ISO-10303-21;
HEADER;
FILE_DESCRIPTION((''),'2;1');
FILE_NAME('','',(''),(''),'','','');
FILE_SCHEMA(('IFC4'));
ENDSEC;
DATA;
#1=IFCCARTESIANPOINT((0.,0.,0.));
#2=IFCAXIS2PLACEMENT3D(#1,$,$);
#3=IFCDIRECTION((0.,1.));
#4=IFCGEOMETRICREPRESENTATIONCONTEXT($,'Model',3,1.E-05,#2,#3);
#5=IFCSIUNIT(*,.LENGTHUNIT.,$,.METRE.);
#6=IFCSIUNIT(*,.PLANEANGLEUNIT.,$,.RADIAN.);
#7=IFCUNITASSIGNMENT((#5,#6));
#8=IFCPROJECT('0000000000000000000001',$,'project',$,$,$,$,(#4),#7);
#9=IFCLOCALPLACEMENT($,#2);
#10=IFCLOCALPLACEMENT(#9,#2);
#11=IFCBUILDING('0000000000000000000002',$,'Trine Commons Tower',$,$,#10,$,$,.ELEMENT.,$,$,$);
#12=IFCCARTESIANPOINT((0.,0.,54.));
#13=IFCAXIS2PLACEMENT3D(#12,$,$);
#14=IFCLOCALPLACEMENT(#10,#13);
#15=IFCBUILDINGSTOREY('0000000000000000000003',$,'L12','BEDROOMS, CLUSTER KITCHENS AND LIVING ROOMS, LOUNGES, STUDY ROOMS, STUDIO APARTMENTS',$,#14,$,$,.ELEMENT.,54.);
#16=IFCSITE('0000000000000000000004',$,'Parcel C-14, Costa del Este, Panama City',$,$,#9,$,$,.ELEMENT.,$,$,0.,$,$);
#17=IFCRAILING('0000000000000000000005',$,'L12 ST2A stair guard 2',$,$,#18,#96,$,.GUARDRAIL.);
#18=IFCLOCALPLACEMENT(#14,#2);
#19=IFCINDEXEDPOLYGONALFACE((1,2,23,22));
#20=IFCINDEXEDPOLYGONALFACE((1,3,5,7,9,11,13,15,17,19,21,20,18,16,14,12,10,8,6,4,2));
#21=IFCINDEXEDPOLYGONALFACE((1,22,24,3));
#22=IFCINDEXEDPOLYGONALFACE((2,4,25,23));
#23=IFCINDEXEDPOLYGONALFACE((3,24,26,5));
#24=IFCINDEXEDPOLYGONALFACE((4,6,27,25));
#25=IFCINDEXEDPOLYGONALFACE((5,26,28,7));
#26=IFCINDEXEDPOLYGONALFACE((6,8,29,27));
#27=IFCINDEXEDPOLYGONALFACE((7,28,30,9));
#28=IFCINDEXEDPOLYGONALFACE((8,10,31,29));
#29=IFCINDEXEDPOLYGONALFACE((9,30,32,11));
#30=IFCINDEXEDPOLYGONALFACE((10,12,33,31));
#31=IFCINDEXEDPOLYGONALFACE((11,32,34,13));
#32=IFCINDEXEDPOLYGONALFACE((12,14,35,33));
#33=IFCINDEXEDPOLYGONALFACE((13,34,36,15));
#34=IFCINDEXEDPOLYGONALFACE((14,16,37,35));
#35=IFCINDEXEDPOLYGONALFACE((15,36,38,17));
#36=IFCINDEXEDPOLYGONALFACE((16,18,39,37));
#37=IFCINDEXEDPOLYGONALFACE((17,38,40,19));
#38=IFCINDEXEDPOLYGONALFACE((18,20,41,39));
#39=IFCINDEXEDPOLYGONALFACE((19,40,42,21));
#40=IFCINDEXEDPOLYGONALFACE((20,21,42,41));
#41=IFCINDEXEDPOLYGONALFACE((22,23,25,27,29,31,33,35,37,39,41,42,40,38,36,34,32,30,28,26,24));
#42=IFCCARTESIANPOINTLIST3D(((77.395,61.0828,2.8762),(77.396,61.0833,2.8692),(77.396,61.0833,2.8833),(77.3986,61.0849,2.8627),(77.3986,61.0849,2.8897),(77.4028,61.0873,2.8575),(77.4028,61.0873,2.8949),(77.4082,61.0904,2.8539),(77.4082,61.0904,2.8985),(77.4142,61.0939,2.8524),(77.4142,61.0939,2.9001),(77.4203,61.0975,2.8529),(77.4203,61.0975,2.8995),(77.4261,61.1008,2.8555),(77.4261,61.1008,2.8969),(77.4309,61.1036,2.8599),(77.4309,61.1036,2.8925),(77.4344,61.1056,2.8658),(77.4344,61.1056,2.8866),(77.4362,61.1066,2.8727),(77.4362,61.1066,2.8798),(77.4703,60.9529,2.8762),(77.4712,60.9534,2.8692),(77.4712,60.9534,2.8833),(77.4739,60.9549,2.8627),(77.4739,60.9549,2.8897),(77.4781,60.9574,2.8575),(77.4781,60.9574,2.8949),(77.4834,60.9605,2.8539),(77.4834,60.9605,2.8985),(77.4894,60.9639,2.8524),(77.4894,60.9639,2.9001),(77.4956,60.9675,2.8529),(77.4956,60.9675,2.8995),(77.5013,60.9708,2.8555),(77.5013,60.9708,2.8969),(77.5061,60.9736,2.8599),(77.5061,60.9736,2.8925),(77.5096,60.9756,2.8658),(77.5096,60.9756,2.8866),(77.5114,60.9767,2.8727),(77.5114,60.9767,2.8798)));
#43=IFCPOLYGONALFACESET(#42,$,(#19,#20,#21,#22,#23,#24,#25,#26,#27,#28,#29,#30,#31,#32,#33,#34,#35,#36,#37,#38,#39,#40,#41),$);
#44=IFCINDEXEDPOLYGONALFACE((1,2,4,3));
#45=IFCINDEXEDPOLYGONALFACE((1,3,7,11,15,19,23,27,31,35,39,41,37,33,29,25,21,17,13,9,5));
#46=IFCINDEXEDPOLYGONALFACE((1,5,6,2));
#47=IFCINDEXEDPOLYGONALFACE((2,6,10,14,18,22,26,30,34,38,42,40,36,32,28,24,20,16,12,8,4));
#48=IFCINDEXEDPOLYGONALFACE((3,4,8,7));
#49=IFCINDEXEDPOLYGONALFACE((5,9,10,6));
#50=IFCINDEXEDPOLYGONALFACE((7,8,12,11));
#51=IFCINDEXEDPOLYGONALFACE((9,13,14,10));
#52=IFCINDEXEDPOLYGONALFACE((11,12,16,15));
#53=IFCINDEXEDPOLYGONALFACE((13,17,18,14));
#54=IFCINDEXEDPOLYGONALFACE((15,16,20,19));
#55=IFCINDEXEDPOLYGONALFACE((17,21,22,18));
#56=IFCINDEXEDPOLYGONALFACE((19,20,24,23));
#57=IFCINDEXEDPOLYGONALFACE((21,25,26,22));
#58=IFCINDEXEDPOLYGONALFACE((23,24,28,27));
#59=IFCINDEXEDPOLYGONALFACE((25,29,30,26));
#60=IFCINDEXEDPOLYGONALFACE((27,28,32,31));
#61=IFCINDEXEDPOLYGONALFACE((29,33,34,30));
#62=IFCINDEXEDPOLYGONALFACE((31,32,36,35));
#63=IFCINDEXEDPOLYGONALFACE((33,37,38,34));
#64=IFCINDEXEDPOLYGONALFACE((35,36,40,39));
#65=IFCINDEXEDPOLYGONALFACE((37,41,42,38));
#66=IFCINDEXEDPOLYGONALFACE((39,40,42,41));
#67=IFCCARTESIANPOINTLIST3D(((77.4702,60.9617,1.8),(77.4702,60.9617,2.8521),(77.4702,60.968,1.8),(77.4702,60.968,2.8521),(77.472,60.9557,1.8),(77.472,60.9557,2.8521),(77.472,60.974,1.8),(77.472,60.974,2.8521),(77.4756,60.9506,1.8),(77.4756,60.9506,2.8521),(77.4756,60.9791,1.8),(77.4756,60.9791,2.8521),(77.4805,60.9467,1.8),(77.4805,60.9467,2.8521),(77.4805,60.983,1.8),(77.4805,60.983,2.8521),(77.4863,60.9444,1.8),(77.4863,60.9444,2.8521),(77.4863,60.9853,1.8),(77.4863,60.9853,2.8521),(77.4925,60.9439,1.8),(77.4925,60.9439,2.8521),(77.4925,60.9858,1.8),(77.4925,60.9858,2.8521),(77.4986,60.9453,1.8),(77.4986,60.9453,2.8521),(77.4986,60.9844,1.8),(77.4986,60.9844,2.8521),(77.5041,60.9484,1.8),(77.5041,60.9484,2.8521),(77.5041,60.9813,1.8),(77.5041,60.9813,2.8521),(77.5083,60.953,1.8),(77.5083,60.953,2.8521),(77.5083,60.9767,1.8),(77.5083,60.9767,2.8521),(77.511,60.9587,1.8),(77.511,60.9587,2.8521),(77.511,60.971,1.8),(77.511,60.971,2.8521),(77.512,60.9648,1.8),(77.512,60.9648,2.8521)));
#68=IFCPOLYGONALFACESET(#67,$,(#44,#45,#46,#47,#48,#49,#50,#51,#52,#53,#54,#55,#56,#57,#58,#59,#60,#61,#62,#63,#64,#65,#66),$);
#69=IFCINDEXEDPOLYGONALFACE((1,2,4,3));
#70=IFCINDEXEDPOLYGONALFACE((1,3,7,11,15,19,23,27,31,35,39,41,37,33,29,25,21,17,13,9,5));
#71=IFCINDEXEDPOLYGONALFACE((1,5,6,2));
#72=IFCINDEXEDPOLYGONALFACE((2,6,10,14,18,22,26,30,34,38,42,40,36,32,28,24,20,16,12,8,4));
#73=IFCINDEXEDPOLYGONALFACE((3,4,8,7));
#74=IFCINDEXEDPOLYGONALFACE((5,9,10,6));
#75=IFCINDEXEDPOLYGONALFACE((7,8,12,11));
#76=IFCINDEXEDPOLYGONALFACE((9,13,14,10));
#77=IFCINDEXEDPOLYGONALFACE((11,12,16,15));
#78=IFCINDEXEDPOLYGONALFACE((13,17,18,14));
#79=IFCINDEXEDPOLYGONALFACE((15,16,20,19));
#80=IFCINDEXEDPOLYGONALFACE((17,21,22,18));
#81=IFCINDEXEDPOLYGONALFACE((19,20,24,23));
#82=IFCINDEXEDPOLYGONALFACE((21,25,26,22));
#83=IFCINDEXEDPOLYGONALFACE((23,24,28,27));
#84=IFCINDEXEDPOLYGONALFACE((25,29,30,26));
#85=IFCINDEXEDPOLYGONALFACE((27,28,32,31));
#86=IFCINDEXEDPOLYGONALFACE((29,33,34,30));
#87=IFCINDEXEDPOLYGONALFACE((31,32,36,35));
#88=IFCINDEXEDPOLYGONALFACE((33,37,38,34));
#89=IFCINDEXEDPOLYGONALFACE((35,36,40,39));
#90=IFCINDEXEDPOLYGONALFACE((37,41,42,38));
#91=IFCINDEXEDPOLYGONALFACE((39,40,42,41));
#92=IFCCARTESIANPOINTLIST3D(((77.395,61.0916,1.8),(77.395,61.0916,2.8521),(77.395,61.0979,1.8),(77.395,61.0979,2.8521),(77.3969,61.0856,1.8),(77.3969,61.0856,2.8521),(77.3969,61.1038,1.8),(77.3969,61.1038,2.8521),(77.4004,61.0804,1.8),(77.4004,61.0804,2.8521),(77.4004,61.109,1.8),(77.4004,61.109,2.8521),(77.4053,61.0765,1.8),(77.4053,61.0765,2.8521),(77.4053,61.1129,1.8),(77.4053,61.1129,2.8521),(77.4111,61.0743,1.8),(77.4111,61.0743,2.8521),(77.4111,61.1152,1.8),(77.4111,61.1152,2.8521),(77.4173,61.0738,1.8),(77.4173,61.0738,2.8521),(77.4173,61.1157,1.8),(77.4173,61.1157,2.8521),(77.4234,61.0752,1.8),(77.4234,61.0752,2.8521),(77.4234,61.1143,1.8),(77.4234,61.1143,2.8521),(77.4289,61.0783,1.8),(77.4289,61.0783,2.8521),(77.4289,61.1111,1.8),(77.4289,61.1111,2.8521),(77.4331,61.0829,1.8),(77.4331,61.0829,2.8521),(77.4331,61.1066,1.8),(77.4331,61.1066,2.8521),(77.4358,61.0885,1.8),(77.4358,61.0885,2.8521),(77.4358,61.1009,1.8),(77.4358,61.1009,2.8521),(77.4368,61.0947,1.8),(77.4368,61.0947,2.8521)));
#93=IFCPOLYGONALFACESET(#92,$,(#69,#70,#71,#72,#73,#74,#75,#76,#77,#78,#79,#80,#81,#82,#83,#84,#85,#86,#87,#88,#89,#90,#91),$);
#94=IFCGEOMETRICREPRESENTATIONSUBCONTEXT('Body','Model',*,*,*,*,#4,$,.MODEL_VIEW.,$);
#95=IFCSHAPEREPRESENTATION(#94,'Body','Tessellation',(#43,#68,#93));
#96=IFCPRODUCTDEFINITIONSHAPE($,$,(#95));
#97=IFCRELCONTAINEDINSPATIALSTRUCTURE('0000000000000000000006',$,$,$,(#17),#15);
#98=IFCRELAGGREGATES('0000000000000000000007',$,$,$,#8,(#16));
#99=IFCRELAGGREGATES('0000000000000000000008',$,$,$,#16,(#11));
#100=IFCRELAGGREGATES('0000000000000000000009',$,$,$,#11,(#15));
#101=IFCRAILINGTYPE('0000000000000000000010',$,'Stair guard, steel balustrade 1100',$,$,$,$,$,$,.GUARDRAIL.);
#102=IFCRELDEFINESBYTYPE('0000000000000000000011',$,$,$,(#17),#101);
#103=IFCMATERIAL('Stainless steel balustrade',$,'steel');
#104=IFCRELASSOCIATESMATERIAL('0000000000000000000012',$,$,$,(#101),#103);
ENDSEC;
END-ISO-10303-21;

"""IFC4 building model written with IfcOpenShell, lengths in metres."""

from ifc_helpers import new_model, si_unit, direction, frame, origin, origin_2d, place, context, subcontext, project, spatial, circle, extrude, material, type_object, element, save


model = new_model("IFC4")

# Units and contexts
model_context = context("Model", 3, precision=1e-05, world=origin(), true_north=direction((0.0, 1.0)))
body_context = subcontext(model_context, "Body", "Model", "MODEL_VIEW")
ifc_project = project(units=[si_unit("LENGTHUNIT", "METRE"), si_unit("PLANEANGLEUNIT", "RADIAN")], contexts=[model_context])

# Site, building, storey
site_placement = place(None, origin())
site = spatial("IfcSite", under=ifc_project, at=site_placement, Name="Parcel C-14, Costa del Este, Panama City", CompositionType="ELEMENT", RefElevation=0.0)
building_placement = place(site_placement, origin())
building = spatial("IfcBuilding", under=site, at=building_placement, Name="Trine Commons Tower", CompositionType="ELEMENT")
storey_placement = place(building_placement, frame((0.0, 0.0, 54.0)))
storey = spatial("IfcBuildingStorey", under=building, at=storey_placement, Name="L12", Description="BEDROOMS, CLUSTER KITCHENS AND LIVING ROOMS, LOUNGES, STUDY ROOMS, STUDIO APARTMENTS", CompositionType="ELEMENT", Elevation=54.0)

# Railing
ifc_material_1 = material(Name="Stainless steel balustrade", Category="steel")
railing_type_1 = type_object("IfcRailingType", Name="Stair guard, steel balustrade 1100", PredefinedType="GUARDRAIL", material=ifc_material_1)
railing_1_placement = place(storey_placement, frame((77.491, 60.9648, 1.8)))
element("IfcRailing", 1, at=railing_1_placement, inside=storey, type_object=railing_type_1, Name="L12 ST2A stair guard 2", PredefinedType="GUARDRAIL", context=body_context, shape_type="SweptSolid", body=[
    extrude(circle(Radius=0.0239, at=origin_2d()), frame((0.0, 0.0, 1.0762), z_axis=(-0.501036, 0.865426, 0.0), x_axis=(-0.865426, -0.501036, 0.0)), (0.0, 0.0, 1.0), 0.1501),
    extrude(circle(Radius=0.021, at=origin_2d()), origin(), (0.0, 0.0, 1.0), 1.052),
    extrude(circle(Radius=0.021, at=origin_2d()), frame((-0.0752, 0.1299, 0.0)), (0.0, 0.0, 1.0), 1.052),
])

save(model, "model.ifc")
